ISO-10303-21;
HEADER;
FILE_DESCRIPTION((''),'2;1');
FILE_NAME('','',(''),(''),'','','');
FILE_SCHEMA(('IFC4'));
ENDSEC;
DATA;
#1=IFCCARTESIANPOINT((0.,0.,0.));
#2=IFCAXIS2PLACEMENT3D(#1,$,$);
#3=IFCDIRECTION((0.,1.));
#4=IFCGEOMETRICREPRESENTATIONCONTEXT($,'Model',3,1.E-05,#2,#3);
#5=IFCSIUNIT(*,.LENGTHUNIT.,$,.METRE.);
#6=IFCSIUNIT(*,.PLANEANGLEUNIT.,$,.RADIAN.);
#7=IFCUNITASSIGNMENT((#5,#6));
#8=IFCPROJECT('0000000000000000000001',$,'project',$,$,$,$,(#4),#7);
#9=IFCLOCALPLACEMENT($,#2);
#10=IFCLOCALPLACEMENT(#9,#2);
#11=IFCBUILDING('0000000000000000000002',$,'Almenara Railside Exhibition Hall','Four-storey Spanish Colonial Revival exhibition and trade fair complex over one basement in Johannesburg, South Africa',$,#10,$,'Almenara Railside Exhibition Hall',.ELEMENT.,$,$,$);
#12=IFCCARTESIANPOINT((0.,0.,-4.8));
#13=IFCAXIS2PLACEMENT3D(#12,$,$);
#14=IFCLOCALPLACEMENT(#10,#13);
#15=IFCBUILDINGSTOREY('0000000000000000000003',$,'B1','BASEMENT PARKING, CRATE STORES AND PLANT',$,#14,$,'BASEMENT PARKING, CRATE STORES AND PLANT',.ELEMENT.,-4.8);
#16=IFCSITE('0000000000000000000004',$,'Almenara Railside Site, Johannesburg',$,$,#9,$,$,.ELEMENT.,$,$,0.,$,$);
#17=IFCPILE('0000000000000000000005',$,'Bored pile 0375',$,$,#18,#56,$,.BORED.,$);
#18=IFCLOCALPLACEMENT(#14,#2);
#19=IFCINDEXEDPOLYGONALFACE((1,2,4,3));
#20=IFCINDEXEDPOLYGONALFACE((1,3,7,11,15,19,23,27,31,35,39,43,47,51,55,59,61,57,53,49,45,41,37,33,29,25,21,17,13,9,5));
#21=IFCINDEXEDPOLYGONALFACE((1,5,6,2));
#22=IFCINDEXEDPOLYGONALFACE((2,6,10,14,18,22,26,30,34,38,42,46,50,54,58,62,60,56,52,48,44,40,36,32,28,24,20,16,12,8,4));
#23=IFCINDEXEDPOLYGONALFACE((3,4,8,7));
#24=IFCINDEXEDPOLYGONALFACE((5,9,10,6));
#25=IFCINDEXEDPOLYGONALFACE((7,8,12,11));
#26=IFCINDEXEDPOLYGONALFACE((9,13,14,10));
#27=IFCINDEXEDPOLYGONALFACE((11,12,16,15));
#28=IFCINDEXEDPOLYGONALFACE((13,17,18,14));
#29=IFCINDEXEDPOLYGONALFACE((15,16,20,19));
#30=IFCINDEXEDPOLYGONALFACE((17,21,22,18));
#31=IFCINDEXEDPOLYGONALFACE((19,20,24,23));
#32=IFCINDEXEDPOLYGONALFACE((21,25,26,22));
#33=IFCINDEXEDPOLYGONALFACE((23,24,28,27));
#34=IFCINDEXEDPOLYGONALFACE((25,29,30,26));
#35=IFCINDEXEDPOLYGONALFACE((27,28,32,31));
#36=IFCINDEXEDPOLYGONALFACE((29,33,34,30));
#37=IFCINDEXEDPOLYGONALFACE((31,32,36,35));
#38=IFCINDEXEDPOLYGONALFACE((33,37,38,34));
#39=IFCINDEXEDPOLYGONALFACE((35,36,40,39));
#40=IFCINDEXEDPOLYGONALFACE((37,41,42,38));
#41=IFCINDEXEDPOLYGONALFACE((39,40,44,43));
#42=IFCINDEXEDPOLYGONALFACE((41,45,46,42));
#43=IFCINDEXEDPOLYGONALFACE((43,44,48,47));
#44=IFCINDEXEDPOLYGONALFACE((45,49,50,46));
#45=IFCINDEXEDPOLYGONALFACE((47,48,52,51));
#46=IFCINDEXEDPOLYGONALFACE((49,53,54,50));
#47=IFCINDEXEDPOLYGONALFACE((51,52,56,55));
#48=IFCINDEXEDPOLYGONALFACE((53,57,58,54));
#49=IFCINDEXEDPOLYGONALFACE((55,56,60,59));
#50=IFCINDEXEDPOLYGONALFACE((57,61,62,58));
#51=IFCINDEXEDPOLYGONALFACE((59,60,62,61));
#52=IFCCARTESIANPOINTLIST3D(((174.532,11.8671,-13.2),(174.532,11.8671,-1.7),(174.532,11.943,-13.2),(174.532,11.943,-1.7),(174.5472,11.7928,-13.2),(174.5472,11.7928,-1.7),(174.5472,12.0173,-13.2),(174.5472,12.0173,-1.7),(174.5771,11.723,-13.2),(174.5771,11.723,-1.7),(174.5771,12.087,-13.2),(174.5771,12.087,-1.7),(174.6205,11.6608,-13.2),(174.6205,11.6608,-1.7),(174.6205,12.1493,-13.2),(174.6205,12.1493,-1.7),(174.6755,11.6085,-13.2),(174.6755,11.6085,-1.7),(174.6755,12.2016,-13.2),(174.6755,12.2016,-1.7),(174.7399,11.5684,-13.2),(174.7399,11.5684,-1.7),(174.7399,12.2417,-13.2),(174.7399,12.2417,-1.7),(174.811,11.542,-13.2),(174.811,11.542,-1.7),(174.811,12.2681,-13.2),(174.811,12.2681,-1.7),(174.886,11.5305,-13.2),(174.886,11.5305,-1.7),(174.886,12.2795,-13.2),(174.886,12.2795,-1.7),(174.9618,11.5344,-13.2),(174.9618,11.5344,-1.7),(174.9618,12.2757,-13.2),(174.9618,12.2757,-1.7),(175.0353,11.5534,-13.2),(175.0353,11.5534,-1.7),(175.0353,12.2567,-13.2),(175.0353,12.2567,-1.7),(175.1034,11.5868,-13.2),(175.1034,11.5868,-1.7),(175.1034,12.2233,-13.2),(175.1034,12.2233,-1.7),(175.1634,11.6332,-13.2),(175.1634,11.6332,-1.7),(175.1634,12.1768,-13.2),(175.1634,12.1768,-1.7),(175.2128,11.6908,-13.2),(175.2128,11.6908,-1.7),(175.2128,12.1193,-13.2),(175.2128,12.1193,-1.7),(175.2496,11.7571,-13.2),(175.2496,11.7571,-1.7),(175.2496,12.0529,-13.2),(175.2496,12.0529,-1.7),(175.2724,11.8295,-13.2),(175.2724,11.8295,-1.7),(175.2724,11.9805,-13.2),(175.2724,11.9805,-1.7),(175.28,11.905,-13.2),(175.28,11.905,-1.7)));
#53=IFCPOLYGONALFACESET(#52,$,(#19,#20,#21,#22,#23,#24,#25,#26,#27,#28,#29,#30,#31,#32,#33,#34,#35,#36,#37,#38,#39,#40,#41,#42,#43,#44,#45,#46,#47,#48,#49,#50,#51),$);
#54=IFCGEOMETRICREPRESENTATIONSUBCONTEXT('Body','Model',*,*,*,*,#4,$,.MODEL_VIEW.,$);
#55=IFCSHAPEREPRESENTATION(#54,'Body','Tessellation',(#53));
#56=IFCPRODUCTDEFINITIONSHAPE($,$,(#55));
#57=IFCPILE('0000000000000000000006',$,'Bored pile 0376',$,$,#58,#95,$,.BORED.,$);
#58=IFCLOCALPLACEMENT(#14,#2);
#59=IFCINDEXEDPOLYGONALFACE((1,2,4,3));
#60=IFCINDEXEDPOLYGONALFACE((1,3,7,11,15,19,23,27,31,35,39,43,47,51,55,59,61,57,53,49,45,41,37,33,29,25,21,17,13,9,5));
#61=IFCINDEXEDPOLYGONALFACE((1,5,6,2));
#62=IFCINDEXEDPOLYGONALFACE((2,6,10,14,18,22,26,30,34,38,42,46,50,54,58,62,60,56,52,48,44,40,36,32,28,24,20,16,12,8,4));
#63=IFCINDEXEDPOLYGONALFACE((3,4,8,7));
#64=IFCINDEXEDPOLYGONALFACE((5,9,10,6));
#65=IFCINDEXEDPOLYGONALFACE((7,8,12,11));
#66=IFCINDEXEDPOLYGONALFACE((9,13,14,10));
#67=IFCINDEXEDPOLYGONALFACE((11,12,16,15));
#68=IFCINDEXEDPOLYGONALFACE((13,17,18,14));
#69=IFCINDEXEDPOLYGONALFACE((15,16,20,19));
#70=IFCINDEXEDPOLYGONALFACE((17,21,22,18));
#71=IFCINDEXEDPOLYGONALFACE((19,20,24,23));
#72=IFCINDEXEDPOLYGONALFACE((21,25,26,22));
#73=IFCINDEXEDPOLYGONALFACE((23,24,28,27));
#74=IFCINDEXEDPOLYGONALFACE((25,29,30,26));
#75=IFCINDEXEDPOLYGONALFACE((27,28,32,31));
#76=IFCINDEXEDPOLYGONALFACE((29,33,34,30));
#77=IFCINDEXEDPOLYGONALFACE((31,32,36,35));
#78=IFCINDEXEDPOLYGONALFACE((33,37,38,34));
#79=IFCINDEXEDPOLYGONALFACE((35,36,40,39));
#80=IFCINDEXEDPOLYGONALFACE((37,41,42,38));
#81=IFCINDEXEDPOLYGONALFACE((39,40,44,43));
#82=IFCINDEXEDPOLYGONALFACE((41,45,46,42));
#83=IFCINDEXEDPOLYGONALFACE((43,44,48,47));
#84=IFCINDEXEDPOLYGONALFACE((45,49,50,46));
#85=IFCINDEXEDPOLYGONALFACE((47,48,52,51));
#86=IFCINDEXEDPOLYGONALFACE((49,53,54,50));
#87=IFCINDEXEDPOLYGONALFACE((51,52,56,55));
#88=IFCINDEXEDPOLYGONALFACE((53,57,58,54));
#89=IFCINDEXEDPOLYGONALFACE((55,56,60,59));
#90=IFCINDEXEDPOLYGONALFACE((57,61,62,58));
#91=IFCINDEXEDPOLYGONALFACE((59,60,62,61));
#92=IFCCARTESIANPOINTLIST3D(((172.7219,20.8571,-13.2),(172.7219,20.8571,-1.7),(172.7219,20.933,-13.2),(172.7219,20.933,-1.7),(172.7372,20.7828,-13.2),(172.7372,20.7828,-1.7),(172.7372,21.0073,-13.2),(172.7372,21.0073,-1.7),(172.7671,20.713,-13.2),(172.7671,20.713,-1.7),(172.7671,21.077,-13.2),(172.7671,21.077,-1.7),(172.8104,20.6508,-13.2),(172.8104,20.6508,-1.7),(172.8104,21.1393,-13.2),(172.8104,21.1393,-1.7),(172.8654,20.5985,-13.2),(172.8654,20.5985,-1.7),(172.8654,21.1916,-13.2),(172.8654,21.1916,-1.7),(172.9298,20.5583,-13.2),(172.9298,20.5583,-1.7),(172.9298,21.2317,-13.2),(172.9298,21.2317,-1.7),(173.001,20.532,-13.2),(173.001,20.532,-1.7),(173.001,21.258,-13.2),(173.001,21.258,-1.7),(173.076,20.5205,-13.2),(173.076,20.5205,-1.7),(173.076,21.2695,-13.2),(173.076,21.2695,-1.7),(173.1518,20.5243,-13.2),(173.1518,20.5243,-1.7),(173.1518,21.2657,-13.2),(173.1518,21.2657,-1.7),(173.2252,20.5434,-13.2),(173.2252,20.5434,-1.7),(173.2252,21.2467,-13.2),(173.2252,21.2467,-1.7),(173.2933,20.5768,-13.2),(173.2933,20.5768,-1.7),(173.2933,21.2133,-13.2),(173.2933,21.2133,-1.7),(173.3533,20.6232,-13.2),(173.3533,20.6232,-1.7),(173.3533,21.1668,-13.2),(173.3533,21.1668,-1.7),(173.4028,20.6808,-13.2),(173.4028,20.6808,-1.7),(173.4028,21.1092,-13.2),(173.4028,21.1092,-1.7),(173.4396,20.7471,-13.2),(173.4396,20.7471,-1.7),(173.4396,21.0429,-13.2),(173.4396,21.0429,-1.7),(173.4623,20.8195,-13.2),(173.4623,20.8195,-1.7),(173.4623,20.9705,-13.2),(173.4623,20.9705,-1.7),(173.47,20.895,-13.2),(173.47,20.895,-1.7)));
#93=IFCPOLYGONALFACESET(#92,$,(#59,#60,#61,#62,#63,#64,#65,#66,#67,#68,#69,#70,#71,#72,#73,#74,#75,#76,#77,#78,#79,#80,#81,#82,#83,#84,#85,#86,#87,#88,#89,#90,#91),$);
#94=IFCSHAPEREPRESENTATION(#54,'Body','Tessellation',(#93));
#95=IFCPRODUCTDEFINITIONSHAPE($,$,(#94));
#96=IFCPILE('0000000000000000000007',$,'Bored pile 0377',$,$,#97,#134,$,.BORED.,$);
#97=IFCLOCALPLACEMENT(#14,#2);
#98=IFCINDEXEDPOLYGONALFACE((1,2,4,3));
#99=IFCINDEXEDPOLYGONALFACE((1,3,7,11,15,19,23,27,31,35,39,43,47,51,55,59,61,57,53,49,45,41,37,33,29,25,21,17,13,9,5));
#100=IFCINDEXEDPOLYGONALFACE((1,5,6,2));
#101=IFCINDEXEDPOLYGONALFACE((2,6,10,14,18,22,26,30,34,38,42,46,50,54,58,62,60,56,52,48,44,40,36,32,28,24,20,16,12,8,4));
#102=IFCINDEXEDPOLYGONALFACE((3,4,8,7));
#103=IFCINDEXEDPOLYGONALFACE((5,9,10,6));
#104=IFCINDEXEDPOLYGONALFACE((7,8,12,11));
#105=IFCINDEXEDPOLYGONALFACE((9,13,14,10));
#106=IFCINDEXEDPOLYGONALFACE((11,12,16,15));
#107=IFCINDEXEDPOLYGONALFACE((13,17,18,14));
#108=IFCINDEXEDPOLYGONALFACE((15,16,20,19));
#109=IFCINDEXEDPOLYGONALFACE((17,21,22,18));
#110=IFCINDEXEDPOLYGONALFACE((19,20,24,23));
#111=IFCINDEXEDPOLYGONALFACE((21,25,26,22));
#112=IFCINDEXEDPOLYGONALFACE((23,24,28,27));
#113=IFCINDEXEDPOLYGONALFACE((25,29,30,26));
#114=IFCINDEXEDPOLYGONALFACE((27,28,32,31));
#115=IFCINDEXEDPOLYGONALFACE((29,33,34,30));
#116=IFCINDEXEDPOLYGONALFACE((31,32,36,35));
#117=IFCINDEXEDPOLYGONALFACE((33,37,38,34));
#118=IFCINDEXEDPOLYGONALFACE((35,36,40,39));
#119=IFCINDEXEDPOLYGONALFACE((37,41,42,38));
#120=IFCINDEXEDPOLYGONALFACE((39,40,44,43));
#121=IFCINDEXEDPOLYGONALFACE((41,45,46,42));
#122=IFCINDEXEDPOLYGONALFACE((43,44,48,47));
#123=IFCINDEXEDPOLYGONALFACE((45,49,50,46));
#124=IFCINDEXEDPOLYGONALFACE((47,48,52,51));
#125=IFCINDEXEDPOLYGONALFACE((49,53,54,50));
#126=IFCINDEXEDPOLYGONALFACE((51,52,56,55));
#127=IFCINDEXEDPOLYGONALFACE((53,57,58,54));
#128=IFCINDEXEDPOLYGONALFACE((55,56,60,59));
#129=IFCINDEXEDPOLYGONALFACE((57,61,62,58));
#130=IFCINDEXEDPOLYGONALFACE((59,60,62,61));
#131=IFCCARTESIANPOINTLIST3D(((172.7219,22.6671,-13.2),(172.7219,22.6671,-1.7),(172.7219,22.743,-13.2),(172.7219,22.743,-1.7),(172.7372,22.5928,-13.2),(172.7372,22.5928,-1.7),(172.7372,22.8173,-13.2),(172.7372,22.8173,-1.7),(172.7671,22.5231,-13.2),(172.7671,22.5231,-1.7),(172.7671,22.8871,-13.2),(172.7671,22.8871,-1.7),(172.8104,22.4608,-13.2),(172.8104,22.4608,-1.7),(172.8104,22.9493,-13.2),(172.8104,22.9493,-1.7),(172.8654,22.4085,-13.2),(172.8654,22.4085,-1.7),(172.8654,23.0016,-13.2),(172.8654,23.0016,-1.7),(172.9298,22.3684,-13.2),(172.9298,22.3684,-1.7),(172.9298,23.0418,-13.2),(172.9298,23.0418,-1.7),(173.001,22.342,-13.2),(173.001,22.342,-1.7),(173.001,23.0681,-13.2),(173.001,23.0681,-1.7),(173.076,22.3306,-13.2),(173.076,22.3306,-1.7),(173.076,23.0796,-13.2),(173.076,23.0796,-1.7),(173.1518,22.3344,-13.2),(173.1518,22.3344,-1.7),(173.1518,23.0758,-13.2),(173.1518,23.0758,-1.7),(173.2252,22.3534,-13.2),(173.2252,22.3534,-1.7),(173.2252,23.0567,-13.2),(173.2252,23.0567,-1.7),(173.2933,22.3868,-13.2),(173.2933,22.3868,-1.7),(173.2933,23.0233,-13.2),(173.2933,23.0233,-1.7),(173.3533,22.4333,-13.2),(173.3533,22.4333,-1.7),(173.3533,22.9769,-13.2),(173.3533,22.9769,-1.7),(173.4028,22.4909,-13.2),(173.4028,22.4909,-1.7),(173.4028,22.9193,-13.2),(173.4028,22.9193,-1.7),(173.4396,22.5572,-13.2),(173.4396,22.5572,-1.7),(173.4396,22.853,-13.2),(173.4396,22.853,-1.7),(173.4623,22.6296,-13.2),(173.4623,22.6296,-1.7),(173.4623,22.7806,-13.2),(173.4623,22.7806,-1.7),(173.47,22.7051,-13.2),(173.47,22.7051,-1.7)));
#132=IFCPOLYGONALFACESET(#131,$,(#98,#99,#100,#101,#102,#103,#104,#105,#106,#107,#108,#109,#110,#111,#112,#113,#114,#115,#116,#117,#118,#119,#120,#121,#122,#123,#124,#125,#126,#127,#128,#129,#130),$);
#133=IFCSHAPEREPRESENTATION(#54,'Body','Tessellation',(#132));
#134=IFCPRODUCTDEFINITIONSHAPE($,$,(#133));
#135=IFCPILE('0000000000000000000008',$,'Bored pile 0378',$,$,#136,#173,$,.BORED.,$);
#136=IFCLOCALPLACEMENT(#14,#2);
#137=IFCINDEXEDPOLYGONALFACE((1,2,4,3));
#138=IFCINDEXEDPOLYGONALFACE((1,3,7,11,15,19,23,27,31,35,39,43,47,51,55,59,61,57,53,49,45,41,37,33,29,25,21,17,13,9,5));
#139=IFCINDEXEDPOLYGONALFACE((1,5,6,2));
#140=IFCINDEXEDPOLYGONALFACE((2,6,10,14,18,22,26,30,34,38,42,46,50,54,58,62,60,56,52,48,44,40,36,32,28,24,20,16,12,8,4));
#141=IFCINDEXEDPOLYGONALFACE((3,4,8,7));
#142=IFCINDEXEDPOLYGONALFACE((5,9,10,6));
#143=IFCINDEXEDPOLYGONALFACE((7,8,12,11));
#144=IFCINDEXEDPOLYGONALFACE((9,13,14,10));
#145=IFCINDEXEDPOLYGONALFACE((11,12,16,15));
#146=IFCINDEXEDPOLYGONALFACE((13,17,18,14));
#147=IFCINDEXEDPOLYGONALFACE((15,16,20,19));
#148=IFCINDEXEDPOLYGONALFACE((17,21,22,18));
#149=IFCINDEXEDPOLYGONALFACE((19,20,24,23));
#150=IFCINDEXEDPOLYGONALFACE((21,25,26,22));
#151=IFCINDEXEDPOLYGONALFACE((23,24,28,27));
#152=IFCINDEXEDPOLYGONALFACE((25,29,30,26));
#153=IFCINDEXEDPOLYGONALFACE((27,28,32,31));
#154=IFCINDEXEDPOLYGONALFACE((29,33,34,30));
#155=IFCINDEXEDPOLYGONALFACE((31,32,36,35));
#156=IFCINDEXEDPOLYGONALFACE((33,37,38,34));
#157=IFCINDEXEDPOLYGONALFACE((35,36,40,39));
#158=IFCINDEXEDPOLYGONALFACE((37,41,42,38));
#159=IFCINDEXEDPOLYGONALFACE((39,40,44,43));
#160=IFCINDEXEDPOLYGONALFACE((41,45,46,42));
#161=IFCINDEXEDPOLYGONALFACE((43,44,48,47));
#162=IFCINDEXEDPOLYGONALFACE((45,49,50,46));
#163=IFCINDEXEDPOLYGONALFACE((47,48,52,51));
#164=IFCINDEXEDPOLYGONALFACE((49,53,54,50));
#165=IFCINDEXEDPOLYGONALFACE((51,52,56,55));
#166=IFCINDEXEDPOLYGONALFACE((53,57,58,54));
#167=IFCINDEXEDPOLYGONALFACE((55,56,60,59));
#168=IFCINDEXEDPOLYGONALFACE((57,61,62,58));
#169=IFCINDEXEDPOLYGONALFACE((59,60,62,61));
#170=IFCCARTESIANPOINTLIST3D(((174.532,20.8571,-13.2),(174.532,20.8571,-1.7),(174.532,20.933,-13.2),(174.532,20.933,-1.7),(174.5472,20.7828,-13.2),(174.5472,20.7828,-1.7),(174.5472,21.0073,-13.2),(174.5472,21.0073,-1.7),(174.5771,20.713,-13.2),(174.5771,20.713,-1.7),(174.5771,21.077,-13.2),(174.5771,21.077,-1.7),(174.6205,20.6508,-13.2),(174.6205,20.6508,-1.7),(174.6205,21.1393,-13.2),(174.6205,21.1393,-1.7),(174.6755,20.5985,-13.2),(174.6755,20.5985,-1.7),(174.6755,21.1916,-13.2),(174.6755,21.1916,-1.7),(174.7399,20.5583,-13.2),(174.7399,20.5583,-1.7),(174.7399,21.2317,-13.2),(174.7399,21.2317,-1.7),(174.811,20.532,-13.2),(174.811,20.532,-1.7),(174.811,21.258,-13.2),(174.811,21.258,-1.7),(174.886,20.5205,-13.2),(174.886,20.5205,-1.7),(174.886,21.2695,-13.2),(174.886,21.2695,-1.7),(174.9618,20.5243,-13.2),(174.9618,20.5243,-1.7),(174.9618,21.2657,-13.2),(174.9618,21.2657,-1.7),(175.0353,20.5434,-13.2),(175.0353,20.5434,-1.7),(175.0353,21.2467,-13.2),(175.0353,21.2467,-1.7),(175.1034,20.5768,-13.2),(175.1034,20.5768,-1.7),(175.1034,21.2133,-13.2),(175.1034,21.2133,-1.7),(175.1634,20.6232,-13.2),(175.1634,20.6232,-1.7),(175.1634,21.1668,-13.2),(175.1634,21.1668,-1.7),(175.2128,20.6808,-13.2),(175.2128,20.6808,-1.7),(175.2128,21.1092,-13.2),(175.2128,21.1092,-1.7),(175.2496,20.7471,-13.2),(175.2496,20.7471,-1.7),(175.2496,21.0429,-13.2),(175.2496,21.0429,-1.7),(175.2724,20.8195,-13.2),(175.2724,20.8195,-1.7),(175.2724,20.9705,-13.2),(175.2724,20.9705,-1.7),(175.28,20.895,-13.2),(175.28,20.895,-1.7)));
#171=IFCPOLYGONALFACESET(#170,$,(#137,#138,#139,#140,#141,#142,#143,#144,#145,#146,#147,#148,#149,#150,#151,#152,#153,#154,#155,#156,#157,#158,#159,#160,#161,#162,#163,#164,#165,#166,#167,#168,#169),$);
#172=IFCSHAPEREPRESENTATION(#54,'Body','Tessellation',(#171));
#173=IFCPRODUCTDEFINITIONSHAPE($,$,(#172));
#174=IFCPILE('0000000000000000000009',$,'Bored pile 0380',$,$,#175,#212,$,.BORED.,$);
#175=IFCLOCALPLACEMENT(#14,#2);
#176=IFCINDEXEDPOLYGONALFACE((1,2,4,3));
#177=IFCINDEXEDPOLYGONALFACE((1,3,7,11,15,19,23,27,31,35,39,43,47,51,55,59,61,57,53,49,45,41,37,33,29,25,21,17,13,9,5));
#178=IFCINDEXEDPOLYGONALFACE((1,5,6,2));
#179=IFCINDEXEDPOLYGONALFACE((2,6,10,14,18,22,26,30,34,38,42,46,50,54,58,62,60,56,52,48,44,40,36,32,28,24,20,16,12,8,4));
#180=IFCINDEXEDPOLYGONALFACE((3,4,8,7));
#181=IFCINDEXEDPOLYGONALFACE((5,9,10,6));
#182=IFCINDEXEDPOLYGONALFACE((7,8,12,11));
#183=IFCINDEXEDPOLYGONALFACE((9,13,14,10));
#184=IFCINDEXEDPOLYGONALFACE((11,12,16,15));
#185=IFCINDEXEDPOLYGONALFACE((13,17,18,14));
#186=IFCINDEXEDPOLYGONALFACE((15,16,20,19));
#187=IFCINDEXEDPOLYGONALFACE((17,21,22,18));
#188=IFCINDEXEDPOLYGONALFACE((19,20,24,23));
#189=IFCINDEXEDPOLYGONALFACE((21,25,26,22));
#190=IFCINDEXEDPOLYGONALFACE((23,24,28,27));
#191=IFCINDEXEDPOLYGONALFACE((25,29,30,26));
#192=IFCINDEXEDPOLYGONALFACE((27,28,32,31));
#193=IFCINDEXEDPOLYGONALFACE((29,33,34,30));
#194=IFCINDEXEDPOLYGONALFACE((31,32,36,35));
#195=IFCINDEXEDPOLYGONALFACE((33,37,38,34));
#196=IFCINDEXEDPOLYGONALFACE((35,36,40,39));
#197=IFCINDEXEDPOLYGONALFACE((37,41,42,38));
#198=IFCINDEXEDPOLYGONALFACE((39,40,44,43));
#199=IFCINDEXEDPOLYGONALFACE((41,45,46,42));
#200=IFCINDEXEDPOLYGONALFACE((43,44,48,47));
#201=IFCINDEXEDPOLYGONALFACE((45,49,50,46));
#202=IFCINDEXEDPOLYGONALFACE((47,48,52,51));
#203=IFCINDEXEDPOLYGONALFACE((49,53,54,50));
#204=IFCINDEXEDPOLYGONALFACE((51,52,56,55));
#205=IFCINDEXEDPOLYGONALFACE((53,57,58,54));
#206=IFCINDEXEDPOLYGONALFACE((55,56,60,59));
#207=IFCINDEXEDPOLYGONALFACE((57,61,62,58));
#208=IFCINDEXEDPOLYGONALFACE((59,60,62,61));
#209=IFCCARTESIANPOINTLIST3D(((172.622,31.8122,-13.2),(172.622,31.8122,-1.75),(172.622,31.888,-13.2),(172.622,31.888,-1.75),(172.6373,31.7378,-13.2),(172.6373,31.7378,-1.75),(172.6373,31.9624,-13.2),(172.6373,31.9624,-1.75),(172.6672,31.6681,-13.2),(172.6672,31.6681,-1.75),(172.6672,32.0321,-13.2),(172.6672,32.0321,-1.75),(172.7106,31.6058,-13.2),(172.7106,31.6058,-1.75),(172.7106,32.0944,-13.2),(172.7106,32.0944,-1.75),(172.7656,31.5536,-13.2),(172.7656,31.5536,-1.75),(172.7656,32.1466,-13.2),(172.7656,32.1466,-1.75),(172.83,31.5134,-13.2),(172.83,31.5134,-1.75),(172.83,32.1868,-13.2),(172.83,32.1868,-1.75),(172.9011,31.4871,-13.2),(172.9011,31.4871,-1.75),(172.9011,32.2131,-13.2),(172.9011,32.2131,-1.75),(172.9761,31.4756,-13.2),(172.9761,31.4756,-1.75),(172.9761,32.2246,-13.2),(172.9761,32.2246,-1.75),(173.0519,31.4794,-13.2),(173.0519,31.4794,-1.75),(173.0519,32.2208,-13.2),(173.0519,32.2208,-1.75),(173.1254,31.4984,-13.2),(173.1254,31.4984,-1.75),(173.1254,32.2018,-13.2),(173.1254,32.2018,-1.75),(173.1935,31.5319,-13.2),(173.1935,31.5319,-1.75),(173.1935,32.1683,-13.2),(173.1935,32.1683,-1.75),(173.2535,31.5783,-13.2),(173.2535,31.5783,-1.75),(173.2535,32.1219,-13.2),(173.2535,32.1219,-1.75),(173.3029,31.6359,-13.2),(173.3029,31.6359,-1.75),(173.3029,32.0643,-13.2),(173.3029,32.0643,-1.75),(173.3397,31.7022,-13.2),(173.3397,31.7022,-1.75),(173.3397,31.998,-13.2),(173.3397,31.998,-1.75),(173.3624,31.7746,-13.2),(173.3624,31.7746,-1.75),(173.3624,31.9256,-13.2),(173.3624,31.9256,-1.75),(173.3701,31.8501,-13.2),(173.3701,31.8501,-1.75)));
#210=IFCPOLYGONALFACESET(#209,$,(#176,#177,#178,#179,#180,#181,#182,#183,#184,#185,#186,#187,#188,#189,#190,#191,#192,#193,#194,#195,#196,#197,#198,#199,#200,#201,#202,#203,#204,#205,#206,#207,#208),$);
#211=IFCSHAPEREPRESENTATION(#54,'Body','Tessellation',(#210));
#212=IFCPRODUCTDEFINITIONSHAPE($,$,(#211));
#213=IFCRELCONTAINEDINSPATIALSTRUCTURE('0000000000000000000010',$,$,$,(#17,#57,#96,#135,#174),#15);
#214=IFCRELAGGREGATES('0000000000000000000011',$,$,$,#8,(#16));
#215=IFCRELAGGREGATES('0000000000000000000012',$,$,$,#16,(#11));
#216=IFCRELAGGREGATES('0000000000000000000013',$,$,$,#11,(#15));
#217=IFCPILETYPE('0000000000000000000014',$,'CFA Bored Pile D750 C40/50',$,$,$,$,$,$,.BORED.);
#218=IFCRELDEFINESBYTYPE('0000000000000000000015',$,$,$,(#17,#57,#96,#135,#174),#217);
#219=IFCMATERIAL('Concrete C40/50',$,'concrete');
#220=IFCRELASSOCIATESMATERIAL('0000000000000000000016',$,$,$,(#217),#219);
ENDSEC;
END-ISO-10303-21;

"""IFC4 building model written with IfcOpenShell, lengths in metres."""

from ifc_helpers import new_model, si_unit, direction, frame, origin, origin_2d, place, context, subcontext, project, spatial, circle, extrude, material, material_profile, profile_set, type_object, element, save


model = new_model("IFC4")

# Units and contexts
model_context = context("Model", 3, precision=1e-05, world=origin(), true_north=direction((0.0, 1.0)))
body_context = subcontext(model_context, "Body", "Model", "MODEL_VIEW")
ifc_project = project(units=[si_unit("LENGTHUNIT", "METRE"), si_unit("PLANEANGLEUNIT", "RADIAN")], contexts=[model_context])

# Site, building, storey
site_placement = place(None, origin())
site = spatial("IfcSite", under=ifc_project, at=site_placement, Name="Almenara Railside Site, Johannesburg", CompositionType="ELEMENT", RefElevation=0.0)
building_placement = place(site_placement, origin())
building = spatial("IfcBuilding", under=site, at=building_placement, Name="Almenara Railside Exhibition Hall", Description="Four-storey Spanish Colonial Revival exhibition and trade fair complex over one basement in Johannesburg, South Africa", LongName="Almenara Railside Exhibition Hall", CompositionType="ELEMENT")
storey_placement = place(building_placement, frame((0.0, 0.0, -4.8)))
storey = spatial("IfcBuildingStorey", under=building, at=storey_placement, Name="B1", Description="BASEMENT PARKING, CRATE STORES AND PLANT", LongName="BASEMENT PARKING, CRATE STORES AND PLANT", CompositionType="ELEMENT", Elevation=-4.8)

# Piles
ifc_material_1 = material(Name="Concrete C40/50", Category="concrete")
ifc_material_profile_1 = material_profile(ifc_material_1, circle(Radius=0.375, at=origin_2d()), Name="CFA-PILE D750")
ifc_profile_set_1 = profile_set([ifc_material_profile_1], Name="Concrete C40/50")
pile_type = type_object("IfcPileType", Name="CFA Bored Pile D750 C40/50", PredefinedType="BORED", material=ifc_profile_set_1)
for number, where, z_axis, x_axis, name in (
    (1, (174.905, 11.905, -1.7), (0.0, 0.0, -1.0), (1.0, 0.0, 0.0), "Bored pile 0375"),
    (2, (173.095, 20.895, -1.7), (0.0, 0.0, -1.0), (1.0, 0.0, 0.0), "Bored pile 0376"),
    (3, (173.095, 22.7051, -1.7), (0.0, 0.0, -1.0), (1.0, 0.0, 0.0), "Bored pile 0377"),
    (4, (174.905, 20.895, -1.7), (0.0, 0.0, -1.0), (1.0, 0.0, 0.0), "Bored pile 0378"),
):
    element("IfcPile", number, at=place(storey_placement, frame(where, z_axis=z_axis, x_axis=x_axis)), inside=storey, type_object=pile_type, Name=name, PredefinedType="BORED", context=body_context, shape_type="SweptSolid", body=[
        extrude(circle(Radius=0.375, at=origin_2d()), origin(), (0.0, 0.0, 1.0), 11.5),
    ])
pile_1_placement = place(storey_placement, frame((172.9951, 31.8501, -1.75), z_axis=(0.0, 0.0, -1.0), x_axis=(1.0, 0.0, 0.0)))
element("IfcPile", 5, at=pile_1_placement, inside=storey, type_object=pile_type, Name="Bored pile 0380", PredefinedType="BORED", context=body_context, shape_type="SweptSolid", body=[
    extrude(circle(Radius=0.375, at=origin_2d()), origin(), (0.0, 0.0, 1.0), 11.45),
])

save(model, "model.ifc")
